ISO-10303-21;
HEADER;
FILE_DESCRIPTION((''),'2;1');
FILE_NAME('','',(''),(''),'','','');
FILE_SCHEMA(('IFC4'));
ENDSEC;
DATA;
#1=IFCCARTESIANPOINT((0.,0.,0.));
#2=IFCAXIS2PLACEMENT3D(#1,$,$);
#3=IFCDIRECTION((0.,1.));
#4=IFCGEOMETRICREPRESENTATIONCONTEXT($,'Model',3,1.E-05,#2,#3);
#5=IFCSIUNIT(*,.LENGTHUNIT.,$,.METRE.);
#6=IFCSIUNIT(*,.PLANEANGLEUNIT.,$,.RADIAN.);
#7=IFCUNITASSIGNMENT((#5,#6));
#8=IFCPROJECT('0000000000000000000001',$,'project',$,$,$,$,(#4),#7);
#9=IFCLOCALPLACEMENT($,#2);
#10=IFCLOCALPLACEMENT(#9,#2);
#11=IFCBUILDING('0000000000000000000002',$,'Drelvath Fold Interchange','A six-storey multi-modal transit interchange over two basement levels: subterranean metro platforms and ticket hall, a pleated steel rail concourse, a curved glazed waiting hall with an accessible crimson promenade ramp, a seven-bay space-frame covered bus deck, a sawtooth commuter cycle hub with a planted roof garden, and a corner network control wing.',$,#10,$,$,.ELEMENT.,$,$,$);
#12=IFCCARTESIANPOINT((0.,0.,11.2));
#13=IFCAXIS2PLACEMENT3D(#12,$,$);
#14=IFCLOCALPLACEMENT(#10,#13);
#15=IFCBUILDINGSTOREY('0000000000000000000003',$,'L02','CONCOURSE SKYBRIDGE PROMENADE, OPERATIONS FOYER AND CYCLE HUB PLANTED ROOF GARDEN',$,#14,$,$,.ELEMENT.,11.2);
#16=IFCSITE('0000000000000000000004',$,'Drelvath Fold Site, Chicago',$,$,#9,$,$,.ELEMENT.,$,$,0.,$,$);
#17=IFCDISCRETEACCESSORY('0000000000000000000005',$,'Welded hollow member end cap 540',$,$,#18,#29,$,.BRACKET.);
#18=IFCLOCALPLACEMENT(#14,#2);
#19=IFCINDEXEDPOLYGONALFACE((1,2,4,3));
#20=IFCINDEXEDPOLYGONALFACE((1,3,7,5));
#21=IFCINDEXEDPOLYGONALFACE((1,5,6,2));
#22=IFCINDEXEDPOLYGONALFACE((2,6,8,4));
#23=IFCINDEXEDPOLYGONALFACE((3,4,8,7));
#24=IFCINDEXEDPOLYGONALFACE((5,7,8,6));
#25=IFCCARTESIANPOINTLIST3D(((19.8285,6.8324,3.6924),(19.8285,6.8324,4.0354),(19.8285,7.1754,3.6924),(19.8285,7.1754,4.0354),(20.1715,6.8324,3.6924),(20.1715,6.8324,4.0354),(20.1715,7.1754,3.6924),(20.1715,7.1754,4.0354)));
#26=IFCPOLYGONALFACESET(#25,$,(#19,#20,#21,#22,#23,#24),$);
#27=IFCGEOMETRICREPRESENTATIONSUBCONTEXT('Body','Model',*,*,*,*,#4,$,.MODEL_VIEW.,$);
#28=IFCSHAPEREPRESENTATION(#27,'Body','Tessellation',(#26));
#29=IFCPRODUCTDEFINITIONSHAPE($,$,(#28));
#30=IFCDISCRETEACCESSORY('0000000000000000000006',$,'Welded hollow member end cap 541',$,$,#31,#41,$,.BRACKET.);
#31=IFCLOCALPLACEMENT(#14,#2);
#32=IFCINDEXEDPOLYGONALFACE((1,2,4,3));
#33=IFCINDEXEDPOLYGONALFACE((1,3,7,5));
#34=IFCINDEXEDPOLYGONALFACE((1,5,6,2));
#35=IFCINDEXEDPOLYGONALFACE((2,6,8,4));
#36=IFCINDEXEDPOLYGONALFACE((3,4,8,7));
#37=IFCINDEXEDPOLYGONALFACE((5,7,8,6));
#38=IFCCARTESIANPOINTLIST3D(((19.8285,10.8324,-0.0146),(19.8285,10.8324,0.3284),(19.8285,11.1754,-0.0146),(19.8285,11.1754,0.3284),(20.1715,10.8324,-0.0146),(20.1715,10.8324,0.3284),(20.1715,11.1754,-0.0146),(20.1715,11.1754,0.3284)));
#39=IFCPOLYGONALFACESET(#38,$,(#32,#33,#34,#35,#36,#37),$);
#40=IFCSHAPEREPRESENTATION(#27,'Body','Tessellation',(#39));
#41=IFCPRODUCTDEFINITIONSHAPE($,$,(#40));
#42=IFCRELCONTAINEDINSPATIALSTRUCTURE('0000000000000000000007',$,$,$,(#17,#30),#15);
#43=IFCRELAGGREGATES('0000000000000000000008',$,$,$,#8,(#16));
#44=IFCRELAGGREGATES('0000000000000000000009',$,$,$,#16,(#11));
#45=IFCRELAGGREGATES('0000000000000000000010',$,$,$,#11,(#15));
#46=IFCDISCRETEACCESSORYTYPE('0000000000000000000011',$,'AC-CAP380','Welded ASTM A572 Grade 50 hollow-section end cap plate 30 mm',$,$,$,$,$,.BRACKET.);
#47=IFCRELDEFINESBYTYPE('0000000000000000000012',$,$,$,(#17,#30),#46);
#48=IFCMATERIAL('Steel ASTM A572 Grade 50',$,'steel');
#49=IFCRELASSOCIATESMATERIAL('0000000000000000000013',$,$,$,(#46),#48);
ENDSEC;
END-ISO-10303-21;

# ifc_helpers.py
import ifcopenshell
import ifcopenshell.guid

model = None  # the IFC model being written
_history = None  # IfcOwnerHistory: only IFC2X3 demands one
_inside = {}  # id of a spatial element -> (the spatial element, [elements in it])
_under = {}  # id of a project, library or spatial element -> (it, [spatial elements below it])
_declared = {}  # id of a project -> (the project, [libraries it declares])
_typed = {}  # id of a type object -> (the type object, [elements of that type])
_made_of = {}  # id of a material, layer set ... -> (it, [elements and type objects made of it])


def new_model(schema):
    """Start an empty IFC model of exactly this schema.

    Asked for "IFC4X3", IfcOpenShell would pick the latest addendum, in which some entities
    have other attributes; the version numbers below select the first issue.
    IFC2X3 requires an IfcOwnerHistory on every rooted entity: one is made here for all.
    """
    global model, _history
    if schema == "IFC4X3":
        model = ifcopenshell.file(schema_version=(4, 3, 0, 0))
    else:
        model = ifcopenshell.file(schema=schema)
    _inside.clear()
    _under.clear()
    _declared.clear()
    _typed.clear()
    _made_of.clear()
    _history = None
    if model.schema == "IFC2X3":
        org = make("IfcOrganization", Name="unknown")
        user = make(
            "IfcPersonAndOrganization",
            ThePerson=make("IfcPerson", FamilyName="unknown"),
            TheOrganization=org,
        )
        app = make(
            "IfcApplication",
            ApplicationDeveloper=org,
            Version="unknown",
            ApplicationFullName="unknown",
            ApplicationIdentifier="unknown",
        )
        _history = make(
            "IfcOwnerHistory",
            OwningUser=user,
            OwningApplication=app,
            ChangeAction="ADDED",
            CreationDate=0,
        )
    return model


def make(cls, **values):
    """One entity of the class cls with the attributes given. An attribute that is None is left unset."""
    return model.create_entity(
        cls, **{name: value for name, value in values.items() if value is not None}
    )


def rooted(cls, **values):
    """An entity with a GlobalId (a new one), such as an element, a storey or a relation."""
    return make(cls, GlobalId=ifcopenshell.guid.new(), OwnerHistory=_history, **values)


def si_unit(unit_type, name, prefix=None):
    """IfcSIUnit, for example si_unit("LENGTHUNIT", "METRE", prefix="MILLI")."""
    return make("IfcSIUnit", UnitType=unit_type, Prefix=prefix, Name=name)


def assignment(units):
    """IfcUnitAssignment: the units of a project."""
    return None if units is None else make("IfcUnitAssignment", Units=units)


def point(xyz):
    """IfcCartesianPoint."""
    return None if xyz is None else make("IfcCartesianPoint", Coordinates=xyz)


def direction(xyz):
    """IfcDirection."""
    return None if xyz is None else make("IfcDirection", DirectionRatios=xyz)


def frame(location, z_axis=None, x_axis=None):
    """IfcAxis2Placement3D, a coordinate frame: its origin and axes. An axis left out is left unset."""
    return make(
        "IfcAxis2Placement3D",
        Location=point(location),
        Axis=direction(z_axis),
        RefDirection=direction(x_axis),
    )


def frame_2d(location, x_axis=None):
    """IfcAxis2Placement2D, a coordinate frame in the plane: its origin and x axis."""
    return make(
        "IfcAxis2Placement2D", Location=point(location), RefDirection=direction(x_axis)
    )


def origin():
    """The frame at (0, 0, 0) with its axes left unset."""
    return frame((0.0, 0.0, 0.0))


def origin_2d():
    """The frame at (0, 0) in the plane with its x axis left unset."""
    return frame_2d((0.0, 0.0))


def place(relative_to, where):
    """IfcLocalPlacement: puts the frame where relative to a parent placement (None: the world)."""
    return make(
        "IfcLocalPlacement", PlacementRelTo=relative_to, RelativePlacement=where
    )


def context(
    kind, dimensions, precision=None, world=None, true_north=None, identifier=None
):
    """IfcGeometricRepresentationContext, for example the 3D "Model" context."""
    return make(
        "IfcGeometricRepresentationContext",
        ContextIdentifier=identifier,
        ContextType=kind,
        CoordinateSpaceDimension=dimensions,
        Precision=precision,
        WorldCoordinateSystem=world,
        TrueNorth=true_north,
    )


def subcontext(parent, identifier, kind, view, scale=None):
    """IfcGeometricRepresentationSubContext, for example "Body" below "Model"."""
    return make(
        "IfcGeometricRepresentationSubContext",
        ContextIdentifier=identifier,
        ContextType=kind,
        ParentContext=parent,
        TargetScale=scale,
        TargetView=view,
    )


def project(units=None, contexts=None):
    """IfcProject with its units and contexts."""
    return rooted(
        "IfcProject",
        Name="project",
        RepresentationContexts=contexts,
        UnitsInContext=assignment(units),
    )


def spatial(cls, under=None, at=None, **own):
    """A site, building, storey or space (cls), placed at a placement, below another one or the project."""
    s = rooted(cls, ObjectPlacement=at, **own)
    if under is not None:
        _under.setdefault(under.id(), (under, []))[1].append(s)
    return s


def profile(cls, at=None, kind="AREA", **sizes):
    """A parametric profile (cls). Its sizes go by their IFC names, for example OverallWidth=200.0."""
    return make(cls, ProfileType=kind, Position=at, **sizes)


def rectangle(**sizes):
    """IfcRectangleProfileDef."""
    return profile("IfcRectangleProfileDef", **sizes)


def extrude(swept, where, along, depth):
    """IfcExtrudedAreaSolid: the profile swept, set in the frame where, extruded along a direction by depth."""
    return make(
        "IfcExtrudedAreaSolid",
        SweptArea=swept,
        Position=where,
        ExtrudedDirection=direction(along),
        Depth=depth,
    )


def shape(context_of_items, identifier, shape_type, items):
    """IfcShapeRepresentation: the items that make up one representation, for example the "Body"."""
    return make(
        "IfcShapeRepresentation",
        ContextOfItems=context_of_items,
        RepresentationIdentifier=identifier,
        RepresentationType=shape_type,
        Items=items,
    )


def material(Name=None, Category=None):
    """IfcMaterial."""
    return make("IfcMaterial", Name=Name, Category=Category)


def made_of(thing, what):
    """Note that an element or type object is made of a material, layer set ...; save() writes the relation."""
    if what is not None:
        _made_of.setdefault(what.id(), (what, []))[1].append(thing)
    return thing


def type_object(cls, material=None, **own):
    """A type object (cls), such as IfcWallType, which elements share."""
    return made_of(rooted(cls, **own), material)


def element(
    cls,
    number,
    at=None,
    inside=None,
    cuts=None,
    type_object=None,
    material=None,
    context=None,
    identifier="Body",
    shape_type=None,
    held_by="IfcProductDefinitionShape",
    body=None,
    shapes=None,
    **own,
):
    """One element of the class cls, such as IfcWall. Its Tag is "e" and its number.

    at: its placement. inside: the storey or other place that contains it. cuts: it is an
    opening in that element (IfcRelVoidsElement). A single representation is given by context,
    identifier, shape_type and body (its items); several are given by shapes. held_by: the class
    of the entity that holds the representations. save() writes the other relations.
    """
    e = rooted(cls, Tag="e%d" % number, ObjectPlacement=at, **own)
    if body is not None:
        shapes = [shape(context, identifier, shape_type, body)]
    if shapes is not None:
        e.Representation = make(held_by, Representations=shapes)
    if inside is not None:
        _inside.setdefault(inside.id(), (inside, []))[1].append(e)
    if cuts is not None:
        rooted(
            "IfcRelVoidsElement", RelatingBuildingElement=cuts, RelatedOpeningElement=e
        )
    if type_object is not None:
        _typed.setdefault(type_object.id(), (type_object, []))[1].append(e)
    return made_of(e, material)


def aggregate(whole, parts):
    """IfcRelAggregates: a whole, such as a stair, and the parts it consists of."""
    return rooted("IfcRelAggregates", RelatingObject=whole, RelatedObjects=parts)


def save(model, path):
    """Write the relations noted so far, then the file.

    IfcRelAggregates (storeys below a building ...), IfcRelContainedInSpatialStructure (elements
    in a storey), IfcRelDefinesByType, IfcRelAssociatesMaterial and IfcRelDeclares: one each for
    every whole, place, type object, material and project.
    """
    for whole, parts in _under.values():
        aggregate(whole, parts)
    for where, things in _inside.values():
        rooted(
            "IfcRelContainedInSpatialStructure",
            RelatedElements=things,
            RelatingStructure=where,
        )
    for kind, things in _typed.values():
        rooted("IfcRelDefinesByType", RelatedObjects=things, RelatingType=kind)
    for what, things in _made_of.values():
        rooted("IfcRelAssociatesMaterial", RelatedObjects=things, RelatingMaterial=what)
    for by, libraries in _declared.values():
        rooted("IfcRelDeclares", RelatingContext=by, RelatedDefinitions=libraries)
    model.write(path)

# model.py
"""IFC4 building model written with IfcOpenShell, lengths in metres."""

from ifc_helpers import new_model, si_unit, direction, frame, origin, origin_2d, place, context, subcontext, project, spatial, rectangle, extrude, material, type_object, element, save


model = new_model("IFC4")

# Units and contexts
model_context = context("Model", 3, precision=1e-05, world=origin(), true_north=direction((0.0, 1.0)))
body_context = subcontext(model_context, "Body", "Model", "MODEL_VIEW")
ifc_project = project(units=[si_unit("LENGTHUNIT", "METRE"), si_unit("PLANEANGLEUNIT", "RADIAN")], contexts=[model_context])

# Site, building, storey
site_placement = place(None, origin())
site = spatial("IfcSite", under=ifc_project, at=site_placement, Name="Drelvath Fold Site, Chicago", CompositionType="ELEMENT", RefElevation=0.0)
building_placement = place(site_placement, origin())
building = spatial("IfcBuilding", under=site, at=building_placement, Name="Drelvath Fold Interchange", Description="A six-storey multi-modal transit interchange over two basement levels: subterranean metro platforms and ticket hall, a pleated steel rail concourse, a curved glazed waiting hall with an accessible crimson promenade ramp, a seven-bay space-frame covered bus deck, a sawtooth commuter cycle hub with a planted roof garden, and a corner network control wing.", CompositionType="ELEMENT")
storey_placement = place(building_placement, frame((0.0, 0.0, 11.2)))
storey = spatial("IfcBuildingStorey", under=building, at=storey_placement, Name="L02", Description="CONCOURSE SKYBRIDGE PROMENADE, OPERATIONS FOYER AND CYCLE HUB PLANTED ROOF GARDEN", CompositionType="ELEMENT", Elevation=11.2)

# Shared definitions
ifc_material_1 = material(Name="Steel ASTM A572 Grade 50", Category="steel")

# Discrete accessories
discrete_accessory_type = type_object("IfcDiscreteAccessoryType", Name="AC-CAP380", Description="Welded ASTM A572 Grade 50 hollow-section end cap plate 30 mm", PredefinedType="BRACKET", material=ifc_material_1)
for number, where, z_axis, x_axis, name in (
    (1, (20.0, 7.0039, 3.6924), (0.0, 0.0, 1.0), (1.0, 0.0, 0.0), "Welded hollow member end cap 540"),
    (2, (20.0, 11.0039, -0.0146), (0.0, 0.0, 1.0), (1.0, 0.0, 0.0), "Welded hollow member end cap 541"),
):
    element("IfcDiscreteAccessory", number, at=place(storey_placement, frame(where, z_axis=z_axis, x_axis=x_axis)), inside=storey, type_object=discrete_accessory_type, Name=name, PredefinedType="BRACKET", context=body_context, shape_type="SweptSolid", body=[
        extrude(rectangle(XDim=0.343, YDim=0.343, at=origin_2d()), origin(), (0.0, 0.0, 1.0), 0.343),
    ])

save(model, "model.ifc")
